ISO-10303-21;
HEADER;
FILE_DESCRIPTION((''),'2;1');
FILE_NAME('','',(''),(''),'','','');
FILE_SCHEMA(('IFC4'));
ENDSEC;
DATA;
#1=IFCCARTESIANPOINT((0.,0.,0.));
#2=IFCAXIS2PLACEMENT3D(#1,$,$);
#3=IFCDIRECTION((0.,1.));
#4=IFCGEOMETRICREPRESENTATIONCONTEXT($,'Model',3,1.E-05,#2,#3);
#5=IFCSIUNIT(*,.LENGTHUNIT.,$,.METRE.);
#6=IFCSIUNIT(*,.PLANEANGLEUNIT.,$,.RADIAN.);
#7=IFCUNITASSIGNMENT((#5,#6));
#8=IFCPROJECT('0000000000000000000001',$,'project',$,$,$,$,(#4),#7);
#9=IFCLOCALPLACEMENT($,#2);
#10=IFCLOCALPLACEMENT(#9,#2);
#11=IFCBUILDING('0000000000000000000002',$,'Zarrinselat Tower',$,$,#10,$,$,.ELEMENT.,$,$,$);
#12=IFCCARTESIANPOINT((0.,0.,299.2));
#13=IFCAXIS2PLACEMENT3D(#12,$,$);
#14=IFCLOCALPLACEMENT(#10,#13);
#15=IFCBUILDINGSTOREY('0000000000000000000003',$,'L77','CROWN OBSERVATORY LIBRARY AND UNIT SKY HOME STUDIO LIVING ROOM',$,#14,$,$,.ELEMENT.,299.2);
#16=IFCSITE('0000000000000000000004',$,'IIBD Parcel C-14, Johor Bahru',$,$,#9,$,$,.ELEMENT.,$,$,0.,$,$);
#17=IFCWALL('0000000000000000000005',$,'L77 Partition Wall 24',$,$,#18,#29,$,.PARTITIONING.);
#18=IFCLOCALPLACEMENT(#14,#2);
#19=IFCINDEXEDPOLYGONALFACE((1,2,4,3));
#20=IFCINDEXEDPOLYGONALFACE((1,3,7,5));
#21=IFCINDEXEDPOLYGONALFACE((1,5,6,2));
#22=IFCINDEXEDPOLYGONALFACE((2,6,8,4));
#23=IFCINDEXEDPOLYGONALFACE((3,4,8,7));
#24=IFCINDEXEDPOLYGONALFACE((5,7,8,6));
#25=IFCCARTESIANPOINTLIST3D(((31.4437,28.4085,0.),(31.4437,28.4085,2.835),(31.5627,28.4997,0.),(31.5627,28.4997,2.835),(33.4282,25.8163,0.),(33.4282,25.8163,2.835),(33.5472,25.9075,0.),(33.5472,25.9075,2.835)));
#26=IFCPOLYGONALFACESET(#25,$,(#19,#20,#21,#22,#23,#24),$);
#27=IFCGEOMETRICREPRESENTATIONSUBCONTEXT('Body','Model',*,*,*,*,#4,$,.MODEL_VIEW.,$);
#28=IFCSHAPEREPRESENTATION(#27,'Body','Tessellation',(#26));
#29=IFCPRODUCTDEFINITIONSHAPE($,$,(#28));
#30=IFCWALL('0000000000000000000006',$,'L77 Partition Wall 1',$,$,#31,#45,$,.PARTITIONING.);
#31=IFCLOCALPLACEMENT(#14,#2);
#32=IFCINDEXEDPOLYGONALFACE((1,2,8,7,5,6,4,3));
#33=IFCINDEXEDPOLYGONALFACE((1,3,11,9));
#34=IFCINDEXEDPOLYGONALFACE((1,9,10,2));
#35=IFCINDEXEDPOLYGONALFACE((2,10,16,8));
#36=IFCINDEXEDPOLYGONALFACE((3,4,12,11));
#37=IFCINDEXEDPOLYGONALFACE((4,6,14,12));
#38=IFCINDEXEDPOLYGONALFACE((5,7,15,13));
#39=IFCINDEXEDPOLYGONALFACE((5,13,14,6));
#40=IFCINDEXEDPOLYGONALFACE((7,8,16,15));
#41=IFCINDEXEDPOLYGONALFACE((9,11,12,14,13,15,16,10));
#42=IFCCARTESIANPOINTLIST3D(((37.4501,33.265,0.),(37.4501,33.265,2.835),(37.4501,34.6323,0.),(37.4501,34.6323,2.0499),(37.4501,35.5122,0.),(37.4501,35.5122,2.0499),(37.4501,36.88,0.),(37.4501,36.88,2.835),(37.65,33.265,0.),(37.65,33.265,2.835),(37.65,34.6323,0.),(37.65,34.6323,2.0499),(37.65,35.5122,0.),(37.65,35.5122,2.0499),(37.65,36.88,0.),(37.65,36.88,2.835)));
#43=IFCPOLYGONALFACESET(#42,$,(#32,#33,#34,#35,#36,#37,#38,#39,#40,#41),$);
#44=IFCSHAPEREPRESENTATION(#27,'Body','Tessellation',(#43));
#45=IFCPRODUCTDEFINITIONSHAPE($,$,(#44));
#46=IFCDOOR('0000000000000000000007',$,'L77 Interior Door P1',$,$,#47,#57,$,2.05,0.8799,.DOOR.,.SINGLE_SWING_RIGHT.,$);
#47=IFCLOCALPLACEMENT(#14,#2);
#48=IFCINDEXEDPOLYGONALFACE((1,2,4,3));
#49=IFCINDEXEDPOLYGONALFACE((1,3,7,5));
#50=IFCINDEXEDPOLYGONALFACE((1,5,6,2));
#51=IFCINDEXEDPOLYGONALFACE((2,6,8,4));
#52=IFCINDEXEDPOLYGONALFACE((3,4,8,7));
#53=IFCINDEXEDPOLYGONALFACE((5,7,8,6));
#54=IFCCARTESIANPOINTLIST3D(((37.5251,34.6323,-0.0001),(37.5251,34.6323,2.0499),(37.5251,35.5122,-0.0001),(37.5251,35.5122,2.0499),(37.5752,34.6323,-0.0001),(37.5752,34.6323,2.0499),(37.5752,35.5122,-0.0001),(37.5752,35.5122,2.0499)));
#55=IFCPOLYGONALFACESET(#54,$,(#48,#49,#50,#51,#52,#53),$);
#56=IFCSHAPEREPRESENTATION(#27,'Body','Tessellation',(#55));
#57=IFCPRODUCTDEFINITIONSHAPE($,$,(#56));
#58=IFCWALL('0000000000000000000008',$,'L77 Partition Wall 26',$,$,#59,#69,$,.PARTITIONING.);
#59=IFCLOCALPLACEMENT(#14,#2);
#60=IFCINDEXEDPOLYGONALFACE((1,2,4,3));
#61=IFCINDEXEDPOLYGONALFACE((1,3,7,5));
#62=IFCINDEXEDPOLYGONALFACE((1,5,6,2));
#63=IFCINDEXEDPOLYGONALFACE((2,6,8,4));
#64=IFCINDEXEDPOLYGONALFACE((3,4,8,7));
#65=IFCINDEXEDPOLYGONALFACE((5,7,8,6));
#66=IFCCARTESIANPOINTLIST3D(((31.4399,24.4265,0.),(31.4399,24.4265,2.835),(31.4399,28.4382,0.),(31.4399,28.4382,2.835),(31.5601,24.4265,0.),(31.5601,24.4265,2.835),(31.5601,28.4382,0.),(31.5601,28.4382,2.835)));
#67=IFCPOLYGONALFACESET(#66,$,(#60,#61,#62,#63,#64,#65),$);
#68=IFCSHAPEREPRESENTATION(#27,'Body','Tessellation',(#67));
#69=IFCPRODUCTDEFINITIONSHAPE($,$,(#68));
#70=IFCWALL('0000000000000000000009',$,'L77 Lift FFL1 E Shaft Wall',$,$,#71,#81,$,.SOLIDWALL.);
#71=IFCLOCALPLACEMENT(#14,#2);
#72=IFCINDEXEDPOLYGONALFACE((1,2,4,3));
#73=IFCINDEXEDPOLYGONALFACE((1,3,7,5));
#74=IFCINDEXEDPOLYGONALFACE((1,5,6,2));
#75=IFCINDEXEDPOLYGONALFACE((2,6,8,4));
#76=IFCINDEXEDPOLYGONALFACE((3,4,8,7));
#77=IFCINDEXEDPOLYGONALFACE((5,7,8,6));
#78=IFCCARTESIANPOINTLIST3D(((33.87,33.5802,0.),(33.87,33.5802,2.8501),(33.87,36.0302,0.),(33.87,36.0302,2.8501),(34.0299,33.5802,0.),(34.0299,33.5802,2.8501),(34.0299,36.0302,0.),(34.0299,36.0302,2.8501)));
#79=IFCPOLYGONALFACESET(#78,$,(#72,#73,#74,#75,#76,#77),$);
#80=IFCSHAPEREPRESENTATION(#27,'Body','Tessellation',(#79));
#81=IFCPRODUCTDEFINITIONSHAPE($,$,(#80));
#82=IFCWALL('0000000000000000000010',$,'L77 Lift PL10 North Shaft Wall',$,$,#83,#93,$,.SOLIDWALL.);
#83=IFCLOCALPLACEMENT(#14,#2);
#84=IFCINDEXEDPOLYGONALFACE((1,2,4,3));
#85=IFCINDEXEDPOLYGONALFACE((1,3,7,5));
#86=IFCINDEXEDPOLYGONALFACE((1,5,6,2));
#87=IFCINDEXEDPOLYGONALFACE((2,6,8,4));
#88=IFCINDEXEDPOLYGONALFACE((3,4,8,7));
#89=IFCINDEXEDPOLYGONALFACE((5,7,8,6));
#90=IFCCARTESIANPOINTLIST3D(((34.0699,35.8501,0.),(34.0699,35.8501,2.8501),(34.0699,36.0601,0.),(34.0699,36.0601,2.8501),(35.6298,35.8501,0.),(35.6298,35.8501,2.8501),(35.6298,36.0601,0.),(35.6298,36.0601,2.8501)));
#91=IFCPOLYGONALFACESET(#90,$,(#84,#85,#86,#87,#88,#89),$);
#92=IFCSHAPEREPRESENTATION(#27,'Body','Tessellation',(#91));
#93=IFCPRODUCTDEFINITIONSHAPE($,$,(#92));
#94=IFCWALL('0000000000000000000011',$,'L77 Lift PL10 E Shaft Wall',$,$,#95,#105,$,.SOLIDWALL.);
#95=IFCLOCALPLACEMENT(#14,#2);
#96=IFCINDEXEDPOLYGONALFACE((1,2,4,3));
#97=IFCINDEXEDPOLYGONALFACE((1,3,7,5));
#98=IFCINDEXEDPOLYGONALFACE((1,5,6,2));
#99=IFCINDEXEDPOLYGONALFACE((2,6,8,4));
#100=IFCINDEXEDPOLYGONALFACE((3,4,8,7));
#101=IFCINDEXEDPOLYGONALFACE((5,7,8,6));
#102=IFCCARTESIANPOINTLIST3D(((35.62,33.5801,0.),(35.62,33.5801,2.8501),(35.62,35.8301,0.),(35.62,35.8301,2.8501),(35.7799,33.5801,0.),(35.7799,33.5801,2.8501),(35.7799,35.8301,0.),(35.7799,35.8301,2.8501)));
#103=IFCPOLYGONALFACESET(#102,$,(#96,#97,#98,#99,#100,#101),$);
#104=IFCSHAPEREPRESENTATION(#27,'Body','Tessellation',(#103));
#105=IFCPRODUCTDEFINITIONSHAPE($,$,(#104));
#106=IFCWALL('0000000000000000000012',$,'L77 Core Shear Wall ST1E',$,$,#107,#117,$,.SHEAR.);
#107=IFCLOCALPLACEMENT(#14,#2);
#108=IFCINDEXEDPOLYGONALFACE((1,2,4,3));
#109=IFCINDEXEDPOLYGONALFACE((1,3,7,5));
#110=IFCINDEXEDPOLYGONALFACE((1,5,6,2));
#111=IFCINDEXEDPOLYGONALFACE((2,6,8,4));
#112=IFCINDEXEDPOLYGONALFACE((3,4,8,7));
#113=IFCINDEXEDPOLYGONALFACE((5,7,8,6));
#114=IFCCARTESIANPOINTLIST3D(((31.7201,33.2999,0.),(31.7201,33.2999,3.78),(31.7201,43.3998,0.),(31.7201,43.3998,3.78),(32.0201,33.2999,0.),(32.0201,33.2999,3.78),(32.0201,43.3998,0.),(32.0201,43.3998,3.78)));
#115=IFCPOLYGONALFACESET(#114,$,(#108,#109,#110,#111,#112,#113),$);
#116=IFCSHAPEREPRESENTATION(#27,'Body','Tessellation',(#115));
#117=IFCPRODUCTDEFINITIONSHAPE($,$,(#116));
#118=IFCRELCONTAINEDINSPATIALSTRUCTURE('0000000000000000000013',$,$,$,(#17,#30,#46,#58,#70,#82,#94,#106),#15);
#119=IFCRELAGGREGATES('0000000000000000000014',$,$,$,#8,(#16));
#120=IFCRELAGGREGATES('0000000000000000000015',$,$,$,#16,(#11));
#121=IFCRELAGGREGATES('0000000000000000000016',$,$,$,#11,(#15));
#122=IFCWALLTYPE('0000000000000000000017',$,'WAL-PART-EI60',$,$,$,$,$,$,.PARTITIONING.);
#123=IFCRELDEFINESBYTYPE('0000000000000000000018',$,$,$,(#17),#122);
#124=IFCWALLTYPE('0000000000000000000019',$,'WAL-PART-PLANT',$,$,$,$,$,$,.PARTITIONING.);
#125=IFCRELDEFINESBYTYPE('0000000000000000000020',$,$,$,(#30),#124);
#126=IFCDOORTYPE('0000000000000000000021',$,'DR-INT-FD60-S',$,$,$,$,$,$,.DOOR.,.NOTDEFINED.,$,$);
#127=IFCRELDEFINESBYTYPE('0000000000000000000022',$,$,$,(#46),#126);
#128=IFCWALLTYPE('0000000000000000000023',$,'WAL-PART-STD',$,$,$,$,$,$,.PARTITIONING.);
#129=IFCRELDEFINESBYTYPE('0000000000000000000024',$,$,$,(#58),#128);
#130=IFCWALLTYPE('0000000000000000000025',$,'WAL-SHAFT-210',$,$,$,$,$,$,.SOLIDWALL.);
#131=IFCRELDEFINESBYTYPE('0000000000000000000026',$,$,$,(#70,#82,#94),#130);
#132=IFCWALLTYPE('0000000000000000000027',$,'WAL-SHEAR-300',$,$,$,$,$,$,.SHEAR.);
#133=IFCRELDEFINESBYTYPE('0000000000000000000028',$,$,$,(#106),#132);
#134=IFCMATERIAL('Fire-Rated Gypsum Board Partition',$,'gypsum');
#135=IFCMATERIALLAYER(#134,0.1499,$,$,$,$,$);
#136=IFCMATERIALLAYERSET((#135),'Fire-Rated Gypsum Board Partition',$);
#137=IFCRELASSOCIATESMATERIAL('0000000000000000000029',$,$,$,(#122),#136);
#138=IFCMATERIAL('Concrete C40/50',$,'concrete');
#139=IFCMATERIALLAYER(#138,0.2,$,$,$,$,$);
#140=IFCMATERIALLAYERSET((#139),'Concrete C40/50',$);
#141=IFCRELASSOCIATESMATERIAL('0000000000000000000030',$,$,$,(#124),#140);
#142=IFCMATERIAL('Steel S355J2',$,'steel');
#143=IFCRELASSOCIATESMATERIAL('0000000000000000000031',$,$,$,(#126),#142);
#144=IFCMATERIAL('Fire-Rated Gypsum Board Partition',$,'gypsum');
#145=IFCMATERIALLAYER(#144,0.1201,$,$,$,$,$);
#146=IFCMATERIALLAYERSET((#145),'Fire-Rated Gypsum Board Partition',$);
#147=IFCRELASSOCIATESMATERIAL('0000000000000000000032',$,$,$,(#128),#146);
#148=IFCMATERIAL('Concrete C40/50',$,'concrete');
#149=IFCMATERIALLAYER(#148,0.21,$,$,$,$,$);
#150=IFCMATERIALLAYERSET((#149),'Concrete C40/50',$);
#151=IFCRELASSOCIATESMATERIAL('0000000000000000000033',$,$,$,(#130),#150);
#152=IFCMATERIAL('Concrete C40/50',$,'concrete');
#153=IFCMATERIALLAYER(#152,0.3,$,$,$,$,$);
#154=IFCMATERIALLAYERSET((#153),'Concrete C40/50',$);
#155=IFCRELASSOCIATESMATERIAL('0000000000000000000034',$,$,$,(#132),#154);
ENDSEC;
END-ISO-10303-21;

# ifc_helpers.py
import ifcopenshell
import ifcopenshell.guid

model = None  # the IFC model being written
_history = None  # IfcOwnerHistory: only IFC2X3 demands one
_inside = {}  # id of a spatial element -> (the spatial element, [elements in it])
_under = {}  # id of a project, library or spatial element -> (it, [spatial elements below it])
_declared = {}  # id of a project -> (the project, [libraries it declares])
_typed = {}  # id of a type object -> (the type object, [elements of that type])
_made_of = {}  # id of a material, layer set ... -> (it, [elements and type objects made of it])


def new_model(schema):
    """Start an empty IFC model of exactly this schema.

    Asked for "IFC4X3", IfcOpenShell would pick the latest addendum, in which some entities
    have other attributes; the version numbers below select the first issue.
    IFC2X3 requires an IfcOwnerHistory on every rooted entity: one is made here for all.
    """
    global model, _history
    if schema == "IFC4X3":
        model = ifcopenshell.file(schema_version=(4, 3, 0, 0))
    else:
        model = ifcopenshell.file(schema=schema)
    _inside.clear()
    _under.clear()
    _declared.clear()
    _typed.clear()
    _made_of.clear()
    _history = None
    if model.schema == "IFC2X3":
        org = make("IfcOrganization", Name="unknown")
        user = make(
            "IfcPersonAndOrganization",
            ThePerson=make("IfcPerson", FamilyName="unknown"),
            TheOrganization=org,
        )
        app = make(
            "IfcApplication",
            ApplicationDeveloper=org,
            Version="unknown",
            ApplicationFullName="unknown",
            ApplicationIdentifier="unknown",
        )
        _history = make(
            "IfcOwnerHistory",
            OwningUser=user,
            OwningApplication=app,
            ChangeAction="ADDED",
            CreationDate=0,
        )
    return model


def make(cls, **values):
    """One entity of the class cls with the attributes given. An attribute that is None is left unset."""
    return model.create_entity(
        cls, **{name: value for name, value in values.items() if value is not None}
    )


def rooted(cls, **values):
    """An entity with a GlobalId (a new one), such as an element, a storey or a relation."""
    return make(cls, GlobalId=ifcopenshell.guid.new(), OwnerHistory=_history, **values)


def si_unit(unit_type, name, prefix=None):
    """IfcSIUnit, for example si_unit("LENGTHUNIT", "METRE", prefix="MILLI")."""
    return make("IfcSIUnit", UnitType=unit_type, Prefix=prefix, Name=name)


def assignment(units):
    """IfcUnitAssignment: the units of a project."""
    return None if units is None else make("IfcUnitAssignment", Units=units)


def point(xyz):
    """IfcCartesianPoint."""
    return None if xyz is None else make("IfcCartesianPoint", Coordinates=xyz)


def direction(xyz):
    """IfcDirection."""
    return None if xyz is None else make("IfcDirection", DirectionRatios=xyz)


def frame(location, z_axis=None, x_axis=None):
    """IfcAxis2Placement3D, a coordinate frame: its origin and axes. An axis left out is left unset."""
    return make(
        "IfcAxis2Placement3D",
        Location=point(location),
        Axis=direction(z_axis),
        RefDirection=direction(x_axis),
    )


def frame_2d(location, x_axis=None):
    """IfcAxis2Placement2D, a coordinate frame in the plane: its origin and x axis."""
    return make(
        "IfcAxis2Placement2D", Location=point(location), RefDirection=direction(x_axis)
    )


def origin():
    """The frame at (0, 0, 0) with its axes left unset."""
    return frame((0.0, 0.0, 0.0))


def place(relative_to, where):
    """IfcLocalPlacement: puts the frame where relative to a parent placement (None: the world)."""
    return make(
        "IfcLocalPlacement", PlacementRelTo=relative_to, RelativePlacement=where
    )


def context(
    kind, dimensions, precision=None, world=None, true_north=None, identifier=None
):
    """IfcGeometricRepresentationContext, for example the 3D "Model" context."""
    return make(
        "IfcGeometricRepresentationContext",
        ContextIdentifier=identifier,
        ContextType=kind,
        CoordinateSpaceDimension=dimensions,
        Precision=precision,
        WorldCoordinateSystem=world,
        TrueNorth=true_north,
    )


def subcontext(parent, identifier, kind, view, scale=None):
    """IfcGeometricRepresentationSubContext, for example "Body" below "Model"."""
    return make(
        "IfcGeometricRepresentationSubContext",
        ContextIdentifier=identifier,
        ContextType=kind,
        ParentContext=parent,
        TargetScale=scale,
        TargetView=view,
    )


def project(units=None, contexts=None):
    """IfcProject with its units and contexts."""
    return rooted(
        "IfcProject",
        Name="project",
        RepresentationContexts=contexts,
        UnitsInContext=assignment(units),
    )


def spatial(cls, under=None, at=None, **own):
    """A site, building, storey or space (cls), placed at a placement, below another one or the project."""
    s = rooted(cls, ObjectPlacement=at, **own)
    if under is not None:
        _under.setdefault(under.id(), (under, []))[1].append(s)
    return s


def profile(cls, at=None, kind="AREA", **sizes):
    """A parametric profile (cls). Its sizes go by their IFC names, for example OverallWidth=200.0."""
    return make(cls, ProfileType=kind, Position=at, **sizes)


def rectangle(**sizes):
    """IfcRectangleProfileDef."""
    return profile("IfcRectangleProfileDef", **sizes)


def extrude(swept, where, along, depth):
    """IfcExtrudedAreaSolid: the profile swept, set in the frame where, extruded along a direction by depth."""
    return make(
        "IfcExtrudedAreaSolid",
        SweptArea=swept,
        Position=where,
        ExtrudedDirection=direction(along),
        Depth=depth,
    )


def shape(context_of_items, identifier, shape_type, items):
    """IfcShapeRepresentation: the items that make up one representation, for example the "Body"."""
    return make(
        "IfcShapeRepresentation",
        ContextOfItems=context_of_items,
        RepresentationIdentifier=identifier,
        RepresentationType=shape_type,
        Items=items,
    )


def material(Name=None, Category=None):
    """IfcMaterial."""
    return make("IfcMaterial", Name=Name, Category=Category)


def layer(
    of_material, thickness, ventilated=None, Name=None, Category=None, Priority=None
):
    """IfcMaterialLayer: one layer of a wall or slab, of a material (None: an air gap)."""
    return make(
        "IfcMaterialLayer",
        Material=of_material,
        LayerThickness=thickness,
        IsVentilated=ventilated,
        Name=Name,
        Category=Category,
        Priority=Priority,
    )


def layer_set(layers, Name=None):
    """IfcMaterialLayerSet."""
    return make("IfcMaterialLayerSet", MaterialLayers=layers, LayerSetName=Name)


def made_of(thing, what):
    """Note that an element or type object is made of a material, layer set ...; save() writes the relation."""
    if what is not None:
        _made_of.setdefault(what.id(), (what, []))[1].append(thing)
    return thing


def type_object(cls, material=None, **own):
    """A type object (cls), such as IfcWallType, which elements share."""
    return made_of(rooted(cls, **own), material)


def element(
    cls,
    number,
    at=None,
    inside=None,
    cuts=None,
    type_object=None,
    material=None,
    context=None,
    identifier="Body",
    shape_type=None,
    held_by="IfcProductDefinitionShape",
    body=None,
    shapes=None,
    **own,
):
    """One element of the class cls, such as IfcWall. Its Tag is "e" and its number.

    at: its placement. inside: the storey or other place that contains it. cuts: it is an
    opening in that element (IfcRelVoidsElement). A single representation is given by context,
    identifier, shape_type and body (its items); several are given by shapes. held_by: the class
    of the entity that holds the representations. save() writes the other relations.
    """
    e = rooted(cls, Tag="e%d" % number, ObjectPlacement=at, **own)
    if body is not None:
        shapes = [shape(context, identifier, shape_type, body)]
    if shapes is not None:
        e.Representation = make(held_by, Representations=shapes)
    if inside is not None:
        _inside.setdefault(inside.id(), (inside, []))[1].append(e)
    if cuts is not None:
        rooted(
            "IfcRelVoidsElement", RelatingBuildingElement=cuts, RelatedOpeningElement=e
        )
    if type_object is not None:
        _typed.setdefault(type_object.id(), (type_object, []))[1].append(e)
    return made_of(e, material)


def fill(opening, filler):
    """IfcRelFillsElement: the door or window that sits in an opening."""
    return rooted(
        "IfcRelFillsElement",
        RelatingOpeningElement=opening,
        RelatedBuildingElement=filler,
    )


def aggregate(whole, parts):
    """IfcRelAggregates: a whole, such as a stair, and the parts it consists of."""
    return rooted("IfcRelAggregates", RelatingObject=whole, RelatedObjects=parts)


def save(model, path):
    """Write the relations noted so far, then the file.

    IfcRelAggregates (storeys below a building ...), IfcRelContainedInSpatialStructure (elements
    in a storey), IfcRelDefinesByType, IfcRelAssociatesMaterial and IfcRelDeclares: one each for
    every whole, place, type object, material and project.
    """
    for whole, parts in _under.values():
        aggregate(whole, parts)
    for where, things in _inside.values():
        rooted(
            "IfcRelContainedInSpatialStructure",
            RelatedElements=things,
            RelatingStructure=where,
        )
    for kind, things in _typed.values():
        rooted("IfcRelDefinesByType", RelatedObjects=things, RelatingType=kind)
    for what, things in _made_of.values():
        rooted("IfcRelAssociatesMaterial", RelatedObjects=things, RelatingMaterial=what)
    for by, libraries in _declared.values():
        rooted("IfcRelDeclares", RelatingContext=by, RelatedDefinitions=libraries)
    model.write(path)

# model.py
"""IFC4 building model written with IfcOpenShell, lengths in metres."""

from ifc_helpers import new_model, si_unit, direction, frame, frame_2d, origin, place, context, subcontext, project, spatial, rectangle, extrude, material, layer, layer_set, type_object, element, fill, save


model = new_model("IFC4")

# Units and contexts
model_context = context("Model", 3, precision=1e-05, world=origin(), true_north=direction((0.0, 1.0)))
body_context = subcontext(model_context, "Body", "Model", "MODEL_VIEW")
ifc_project = project(units=[si_unit("LENGTHUNIT", "METRE"), si_unit("PLANEANGLEUNIT", "RADIAN")], contexts=[model_context])

# Site, building, storey
site_placement = place(None, origin())
site = spatial("IfcSite", under=ifc_project, at=site_placement, Name="IIBD Parcel C-14, Johor Bahru", CompositionType="ELEMENT", RefElevation=0.0)
building_placement = place(site_placement, origin())
building = spatial("IfcBuilding", under=site, at=building_placement, Name="Zarrinselat Tower", CompositionType="ELEMENT")
storey_placement = place(building_placement, frame((0.0, 0.0, 299.2)))
storey = spatial("IfcBuildingStorey", under=building, at=storey_placement, Name="L77", Description="CROWN OBSERVATORY LIBRARY AND UNIT SKY HOME STUDIO LIVING ROOM", CompositionType="ELEMENT", Elevation=299.2)

# Wall
ifc_material_1 = material(Name="Fire-Rated Gypsum Board Partition", Category="gypsum")
ifc_layer_1 = layer(ifc_material_1, 0.1499)
ifc_layer_set_1 = layer_set([ifc_layer_1], Name="Fire-Rated Gypsum Board Partition")
wall_type_1 = type_object("IfcWallType", Name="WAL-PART-EI60", PredefinedType="PARTITIONING", material=ifc_layer_set_1)
wall_1_placement = place(storey_placement, frame((31.5032, 28.4541, 0.0), z_axis=(0.0, 0.0, 1.0), x_axis=(0.607891, -0.79402, 0.0)))
element("IfcWall", 1, at=wall_1_placement, inside=storey, type_object=wall_type_1, Name="L77 Partition Wall 24", PredefinedType="PARTITIONING", context=body_context, shape_type="SweptSolid", body=[
    extrude(rectangle(XDim=3.2646, YDim=0.1499, at=frame_2d((1.6323, 0.0))), origin(), (0.0, 0.0, 1.0), 2.835),
])

# Wall, opening, door
ifc_material_2 = material(Name="Concrete C40/50", Category="concrete")
ifc_layer_2 = layer(ifc_material_2, 0.2)
ifc_layer_set_2 = layer_set([ifc_layer_2], Name="Concrete C40/50")
wall_type_2 = type_object("IfcWallType", Name="WAL-PART-PLANT", PredefinedType="PARTITIONING", material=ifc_layer_set_2)
wall_2_placement = place(storey_placement, frame((37.55, 33.2649, 0.0), z_axis=(0.0, 0.0, 1.0), x_axis=(0.0, 1.0, 0.0)))
wall_2 = element("IfcWall", 2, at=wall_2_placement, inside=storey, type_object=wall_type_2, Name="L77 Partition Wall 1", PredefinedType="PARTITIONING", context=body_context, shape_type="SweptSolid", body=[
    extrude(rectangle(XDim=3.615, YDim=0.2, at=frame_2d((1.8076, 0.0))), origin(), (0.0, 0.0, 1.0), 2.835),
])
opening_placement = place(wall_2_placement, frame((1.3674, 0.0, 0.0)))
opening = element("IfcOpeningElement", 3, at=opening_placement, cuts=wall_2, PredefinedType="OPENING", context=body_context, shape_type="SweptSolid", body=[
    extrude(rectangle(XDim=0.8799, YDim=2.05, at=frame_2d((0.4399, 1.0249))), frame((0.0, 0.1099, 0.0), z_axis=(0.0, -1.0, 0.0), x_axis=(1.0, 0.0, 0.0)), (0.0, 0.0, 1.0), 0.22),
])
ifc_material_3 = material(Name="Steel S355J2", Category="steel")
door_type = type_object("IfcDoorType", Name="DR-INT-FD60-S", OperationType="NOTDEFINED", PredefinedType="DOOR", material=ifc_material_3)
door_placement = place(opening_placement, origin())
door = element("IfcDoor", 4, at=door_placement, inside=storey, type_object=door_type, Name="L77 Interior Door P1", OperationType="SINGLE_SWING_RIGHT", OverallHeight=2.05, OverallWidth=0.8799, PredefinedType="DOOR", context=body_context, shape_type="SweptSolid", body=[
    extrude(rectangle(XDim=0.8799, YDim=2.05, at=frame_2d((0.4399, 1.0249))), frame((0.0, 0.0249, 0.0), z_axis=(0.0, -1.0, 0.0), x_axis=(1.0, 0.0, 0.0)), (0.0, 0.0, 1.0), 0.05),
])
fill(opening, door)

# Walls
ifc_material_4 = material(Name="Fire-Rated Gypsum Board Partition", Category="gypsum")
ifc_layer_3 = layer(ifc_material_4, 0.1201)
ifc_layer_set_3 = layer_set([ifc_layer_3], Name="Fire-Rated Gypsum Board Partition")
wall_type_3 = type_object("IfcWallType", Name="WAL-PART-STD", PredefinedType="PARTITIONING", material=ifc_layer_set_3)
wall_3_placement = place(storey_placement, frame((31.5, 24.4265, 0.0), z_axis=(0.0, 0.0, 1.0), x_axis=(0.0, 1.0, 0.0)))
element("IfcWall", 5, at=wall_3_placement, inside=storey, type_object=wall_type_3, Name="L77 Partition Wall 26", PredefinedType="PARTITIONING", context=body_context, shape_type="SweptSolid", body=[
    extrude(rectangle(XDim=4.0117, YDim=0.1201, at=frame_2d((2.0059, 0.0))), origin(), (0.0, 0.0, 1.0), 2.835),
])
ifc_material_5 = material(Name="Concrete C40/50", Category="concrete")
ifc_layer_4 = layer(ifc_material_5, 0.21)
ifc_layer_set_4 = layer_set([ifc_layer_4], Name="Concrete C40/50")
wall_type_4 = type_object("IfcWallType", Name="WAL-SHAFT-210", PredefinedType="SOLIDWALL", material=ifc_layer_set_4)
wall_4_placement = place(storey_placement, frame((33.95, 33.5801, 0.0), z_axis=(0.0, 0.0, 1.0), x_axis=(0.0, 1.0, 0.0)))
element("IfcWall", 6, at=wall_4_placement, inside=storey, type_object=wall_type_4, Name="L77 Lift FFL1 E Shaft Wall", PredefinedType="SOLIDWALL", context=body_context, shape_type="SweptSolid", body=[
    extrude(rectangle(XDim=2.45, YDim=0.1599, at=frame_2d((1.2251, 0.0))), origin(), (0.0, 0.0, 1.0), 2.8501),
])
wall_5_placement = place(storey_placement, frame((34.0701, 35.9551, 0.0), z_axis=(0.0, 0.0, 1.0), x_axis=(1.0, 0.0, 0.0)))
element("IfcWall", 7, at=wall_5_placement, inside=storey, type_object=wall_type_4, Name="L77 Lift PL10 North Shaft Wall", PredefinedType="SOLIDWALL", context=body_context, shape_type="SweptSolid", body=[
    extrude(rectangle(XDim=1.5598, YDim=0.21, at=frame_2d((0.7798, 0.0))), origin(), (0.0, 0.0, 1.0), 2.8501),
])
wall_6_placement = place(storey_placement, frame((35.7, 33.5801, 0.0), z_axis=(0.0, 0.0, 1.0), x_axis=(0.0, 1.0, 0.0)))
element("IfcWall", 8, at=wall_6_placement, inside=storey, type_object=wall_type_4, Name="L77 Lift PL10 E Shaft Wall", PredefinedType="SOLIDWALL", context=body_context, shape_type="SweptSolid", body=[
    extrude(rectangle(XDim=2.25, YDim=0.1599, at=frame_2d((1.125, 0.0))), origin(), (0.0, 0.0, 1.0), 2.8501),
])
ifc_material_6 = material(Name="Concrete C40/50", Category="concrete")
ifc_layer_5 = layer(ifc_material_6, 0.3)
ifc_layer_set_5 = layer_set([ifc_layer_5], Name="Concrete C40/50")
wall_type_5 = type_object("IfcWallType", Name="WAL-SHEAR-300", PredefinedType="SHEAR", material=ifc_layer_set_5)
wall_7_placement = place(storey_placement, frame((31.8701, 33.3, 0.0), z_axis=(0.0, 0.0, 1.0), x_axis=(0.0, 1.0, 0.0)))
element("IfcWall", 9, at=wall_7_placement, inside=storey, type_object=wall_type_5, Name="L77 Core Shear Wall ST1E", PredefinedType="SHEAR", context=body_context, shape_type="SweptSolid", body=[
    extrude(rectangle(XDim=10.0999, YDim=0.3, at=frame_2d((5.0498, 0.0))), origin(), (0.0, 0.0, 1.0), 3.78),
])

save(model, "model.ifc")
